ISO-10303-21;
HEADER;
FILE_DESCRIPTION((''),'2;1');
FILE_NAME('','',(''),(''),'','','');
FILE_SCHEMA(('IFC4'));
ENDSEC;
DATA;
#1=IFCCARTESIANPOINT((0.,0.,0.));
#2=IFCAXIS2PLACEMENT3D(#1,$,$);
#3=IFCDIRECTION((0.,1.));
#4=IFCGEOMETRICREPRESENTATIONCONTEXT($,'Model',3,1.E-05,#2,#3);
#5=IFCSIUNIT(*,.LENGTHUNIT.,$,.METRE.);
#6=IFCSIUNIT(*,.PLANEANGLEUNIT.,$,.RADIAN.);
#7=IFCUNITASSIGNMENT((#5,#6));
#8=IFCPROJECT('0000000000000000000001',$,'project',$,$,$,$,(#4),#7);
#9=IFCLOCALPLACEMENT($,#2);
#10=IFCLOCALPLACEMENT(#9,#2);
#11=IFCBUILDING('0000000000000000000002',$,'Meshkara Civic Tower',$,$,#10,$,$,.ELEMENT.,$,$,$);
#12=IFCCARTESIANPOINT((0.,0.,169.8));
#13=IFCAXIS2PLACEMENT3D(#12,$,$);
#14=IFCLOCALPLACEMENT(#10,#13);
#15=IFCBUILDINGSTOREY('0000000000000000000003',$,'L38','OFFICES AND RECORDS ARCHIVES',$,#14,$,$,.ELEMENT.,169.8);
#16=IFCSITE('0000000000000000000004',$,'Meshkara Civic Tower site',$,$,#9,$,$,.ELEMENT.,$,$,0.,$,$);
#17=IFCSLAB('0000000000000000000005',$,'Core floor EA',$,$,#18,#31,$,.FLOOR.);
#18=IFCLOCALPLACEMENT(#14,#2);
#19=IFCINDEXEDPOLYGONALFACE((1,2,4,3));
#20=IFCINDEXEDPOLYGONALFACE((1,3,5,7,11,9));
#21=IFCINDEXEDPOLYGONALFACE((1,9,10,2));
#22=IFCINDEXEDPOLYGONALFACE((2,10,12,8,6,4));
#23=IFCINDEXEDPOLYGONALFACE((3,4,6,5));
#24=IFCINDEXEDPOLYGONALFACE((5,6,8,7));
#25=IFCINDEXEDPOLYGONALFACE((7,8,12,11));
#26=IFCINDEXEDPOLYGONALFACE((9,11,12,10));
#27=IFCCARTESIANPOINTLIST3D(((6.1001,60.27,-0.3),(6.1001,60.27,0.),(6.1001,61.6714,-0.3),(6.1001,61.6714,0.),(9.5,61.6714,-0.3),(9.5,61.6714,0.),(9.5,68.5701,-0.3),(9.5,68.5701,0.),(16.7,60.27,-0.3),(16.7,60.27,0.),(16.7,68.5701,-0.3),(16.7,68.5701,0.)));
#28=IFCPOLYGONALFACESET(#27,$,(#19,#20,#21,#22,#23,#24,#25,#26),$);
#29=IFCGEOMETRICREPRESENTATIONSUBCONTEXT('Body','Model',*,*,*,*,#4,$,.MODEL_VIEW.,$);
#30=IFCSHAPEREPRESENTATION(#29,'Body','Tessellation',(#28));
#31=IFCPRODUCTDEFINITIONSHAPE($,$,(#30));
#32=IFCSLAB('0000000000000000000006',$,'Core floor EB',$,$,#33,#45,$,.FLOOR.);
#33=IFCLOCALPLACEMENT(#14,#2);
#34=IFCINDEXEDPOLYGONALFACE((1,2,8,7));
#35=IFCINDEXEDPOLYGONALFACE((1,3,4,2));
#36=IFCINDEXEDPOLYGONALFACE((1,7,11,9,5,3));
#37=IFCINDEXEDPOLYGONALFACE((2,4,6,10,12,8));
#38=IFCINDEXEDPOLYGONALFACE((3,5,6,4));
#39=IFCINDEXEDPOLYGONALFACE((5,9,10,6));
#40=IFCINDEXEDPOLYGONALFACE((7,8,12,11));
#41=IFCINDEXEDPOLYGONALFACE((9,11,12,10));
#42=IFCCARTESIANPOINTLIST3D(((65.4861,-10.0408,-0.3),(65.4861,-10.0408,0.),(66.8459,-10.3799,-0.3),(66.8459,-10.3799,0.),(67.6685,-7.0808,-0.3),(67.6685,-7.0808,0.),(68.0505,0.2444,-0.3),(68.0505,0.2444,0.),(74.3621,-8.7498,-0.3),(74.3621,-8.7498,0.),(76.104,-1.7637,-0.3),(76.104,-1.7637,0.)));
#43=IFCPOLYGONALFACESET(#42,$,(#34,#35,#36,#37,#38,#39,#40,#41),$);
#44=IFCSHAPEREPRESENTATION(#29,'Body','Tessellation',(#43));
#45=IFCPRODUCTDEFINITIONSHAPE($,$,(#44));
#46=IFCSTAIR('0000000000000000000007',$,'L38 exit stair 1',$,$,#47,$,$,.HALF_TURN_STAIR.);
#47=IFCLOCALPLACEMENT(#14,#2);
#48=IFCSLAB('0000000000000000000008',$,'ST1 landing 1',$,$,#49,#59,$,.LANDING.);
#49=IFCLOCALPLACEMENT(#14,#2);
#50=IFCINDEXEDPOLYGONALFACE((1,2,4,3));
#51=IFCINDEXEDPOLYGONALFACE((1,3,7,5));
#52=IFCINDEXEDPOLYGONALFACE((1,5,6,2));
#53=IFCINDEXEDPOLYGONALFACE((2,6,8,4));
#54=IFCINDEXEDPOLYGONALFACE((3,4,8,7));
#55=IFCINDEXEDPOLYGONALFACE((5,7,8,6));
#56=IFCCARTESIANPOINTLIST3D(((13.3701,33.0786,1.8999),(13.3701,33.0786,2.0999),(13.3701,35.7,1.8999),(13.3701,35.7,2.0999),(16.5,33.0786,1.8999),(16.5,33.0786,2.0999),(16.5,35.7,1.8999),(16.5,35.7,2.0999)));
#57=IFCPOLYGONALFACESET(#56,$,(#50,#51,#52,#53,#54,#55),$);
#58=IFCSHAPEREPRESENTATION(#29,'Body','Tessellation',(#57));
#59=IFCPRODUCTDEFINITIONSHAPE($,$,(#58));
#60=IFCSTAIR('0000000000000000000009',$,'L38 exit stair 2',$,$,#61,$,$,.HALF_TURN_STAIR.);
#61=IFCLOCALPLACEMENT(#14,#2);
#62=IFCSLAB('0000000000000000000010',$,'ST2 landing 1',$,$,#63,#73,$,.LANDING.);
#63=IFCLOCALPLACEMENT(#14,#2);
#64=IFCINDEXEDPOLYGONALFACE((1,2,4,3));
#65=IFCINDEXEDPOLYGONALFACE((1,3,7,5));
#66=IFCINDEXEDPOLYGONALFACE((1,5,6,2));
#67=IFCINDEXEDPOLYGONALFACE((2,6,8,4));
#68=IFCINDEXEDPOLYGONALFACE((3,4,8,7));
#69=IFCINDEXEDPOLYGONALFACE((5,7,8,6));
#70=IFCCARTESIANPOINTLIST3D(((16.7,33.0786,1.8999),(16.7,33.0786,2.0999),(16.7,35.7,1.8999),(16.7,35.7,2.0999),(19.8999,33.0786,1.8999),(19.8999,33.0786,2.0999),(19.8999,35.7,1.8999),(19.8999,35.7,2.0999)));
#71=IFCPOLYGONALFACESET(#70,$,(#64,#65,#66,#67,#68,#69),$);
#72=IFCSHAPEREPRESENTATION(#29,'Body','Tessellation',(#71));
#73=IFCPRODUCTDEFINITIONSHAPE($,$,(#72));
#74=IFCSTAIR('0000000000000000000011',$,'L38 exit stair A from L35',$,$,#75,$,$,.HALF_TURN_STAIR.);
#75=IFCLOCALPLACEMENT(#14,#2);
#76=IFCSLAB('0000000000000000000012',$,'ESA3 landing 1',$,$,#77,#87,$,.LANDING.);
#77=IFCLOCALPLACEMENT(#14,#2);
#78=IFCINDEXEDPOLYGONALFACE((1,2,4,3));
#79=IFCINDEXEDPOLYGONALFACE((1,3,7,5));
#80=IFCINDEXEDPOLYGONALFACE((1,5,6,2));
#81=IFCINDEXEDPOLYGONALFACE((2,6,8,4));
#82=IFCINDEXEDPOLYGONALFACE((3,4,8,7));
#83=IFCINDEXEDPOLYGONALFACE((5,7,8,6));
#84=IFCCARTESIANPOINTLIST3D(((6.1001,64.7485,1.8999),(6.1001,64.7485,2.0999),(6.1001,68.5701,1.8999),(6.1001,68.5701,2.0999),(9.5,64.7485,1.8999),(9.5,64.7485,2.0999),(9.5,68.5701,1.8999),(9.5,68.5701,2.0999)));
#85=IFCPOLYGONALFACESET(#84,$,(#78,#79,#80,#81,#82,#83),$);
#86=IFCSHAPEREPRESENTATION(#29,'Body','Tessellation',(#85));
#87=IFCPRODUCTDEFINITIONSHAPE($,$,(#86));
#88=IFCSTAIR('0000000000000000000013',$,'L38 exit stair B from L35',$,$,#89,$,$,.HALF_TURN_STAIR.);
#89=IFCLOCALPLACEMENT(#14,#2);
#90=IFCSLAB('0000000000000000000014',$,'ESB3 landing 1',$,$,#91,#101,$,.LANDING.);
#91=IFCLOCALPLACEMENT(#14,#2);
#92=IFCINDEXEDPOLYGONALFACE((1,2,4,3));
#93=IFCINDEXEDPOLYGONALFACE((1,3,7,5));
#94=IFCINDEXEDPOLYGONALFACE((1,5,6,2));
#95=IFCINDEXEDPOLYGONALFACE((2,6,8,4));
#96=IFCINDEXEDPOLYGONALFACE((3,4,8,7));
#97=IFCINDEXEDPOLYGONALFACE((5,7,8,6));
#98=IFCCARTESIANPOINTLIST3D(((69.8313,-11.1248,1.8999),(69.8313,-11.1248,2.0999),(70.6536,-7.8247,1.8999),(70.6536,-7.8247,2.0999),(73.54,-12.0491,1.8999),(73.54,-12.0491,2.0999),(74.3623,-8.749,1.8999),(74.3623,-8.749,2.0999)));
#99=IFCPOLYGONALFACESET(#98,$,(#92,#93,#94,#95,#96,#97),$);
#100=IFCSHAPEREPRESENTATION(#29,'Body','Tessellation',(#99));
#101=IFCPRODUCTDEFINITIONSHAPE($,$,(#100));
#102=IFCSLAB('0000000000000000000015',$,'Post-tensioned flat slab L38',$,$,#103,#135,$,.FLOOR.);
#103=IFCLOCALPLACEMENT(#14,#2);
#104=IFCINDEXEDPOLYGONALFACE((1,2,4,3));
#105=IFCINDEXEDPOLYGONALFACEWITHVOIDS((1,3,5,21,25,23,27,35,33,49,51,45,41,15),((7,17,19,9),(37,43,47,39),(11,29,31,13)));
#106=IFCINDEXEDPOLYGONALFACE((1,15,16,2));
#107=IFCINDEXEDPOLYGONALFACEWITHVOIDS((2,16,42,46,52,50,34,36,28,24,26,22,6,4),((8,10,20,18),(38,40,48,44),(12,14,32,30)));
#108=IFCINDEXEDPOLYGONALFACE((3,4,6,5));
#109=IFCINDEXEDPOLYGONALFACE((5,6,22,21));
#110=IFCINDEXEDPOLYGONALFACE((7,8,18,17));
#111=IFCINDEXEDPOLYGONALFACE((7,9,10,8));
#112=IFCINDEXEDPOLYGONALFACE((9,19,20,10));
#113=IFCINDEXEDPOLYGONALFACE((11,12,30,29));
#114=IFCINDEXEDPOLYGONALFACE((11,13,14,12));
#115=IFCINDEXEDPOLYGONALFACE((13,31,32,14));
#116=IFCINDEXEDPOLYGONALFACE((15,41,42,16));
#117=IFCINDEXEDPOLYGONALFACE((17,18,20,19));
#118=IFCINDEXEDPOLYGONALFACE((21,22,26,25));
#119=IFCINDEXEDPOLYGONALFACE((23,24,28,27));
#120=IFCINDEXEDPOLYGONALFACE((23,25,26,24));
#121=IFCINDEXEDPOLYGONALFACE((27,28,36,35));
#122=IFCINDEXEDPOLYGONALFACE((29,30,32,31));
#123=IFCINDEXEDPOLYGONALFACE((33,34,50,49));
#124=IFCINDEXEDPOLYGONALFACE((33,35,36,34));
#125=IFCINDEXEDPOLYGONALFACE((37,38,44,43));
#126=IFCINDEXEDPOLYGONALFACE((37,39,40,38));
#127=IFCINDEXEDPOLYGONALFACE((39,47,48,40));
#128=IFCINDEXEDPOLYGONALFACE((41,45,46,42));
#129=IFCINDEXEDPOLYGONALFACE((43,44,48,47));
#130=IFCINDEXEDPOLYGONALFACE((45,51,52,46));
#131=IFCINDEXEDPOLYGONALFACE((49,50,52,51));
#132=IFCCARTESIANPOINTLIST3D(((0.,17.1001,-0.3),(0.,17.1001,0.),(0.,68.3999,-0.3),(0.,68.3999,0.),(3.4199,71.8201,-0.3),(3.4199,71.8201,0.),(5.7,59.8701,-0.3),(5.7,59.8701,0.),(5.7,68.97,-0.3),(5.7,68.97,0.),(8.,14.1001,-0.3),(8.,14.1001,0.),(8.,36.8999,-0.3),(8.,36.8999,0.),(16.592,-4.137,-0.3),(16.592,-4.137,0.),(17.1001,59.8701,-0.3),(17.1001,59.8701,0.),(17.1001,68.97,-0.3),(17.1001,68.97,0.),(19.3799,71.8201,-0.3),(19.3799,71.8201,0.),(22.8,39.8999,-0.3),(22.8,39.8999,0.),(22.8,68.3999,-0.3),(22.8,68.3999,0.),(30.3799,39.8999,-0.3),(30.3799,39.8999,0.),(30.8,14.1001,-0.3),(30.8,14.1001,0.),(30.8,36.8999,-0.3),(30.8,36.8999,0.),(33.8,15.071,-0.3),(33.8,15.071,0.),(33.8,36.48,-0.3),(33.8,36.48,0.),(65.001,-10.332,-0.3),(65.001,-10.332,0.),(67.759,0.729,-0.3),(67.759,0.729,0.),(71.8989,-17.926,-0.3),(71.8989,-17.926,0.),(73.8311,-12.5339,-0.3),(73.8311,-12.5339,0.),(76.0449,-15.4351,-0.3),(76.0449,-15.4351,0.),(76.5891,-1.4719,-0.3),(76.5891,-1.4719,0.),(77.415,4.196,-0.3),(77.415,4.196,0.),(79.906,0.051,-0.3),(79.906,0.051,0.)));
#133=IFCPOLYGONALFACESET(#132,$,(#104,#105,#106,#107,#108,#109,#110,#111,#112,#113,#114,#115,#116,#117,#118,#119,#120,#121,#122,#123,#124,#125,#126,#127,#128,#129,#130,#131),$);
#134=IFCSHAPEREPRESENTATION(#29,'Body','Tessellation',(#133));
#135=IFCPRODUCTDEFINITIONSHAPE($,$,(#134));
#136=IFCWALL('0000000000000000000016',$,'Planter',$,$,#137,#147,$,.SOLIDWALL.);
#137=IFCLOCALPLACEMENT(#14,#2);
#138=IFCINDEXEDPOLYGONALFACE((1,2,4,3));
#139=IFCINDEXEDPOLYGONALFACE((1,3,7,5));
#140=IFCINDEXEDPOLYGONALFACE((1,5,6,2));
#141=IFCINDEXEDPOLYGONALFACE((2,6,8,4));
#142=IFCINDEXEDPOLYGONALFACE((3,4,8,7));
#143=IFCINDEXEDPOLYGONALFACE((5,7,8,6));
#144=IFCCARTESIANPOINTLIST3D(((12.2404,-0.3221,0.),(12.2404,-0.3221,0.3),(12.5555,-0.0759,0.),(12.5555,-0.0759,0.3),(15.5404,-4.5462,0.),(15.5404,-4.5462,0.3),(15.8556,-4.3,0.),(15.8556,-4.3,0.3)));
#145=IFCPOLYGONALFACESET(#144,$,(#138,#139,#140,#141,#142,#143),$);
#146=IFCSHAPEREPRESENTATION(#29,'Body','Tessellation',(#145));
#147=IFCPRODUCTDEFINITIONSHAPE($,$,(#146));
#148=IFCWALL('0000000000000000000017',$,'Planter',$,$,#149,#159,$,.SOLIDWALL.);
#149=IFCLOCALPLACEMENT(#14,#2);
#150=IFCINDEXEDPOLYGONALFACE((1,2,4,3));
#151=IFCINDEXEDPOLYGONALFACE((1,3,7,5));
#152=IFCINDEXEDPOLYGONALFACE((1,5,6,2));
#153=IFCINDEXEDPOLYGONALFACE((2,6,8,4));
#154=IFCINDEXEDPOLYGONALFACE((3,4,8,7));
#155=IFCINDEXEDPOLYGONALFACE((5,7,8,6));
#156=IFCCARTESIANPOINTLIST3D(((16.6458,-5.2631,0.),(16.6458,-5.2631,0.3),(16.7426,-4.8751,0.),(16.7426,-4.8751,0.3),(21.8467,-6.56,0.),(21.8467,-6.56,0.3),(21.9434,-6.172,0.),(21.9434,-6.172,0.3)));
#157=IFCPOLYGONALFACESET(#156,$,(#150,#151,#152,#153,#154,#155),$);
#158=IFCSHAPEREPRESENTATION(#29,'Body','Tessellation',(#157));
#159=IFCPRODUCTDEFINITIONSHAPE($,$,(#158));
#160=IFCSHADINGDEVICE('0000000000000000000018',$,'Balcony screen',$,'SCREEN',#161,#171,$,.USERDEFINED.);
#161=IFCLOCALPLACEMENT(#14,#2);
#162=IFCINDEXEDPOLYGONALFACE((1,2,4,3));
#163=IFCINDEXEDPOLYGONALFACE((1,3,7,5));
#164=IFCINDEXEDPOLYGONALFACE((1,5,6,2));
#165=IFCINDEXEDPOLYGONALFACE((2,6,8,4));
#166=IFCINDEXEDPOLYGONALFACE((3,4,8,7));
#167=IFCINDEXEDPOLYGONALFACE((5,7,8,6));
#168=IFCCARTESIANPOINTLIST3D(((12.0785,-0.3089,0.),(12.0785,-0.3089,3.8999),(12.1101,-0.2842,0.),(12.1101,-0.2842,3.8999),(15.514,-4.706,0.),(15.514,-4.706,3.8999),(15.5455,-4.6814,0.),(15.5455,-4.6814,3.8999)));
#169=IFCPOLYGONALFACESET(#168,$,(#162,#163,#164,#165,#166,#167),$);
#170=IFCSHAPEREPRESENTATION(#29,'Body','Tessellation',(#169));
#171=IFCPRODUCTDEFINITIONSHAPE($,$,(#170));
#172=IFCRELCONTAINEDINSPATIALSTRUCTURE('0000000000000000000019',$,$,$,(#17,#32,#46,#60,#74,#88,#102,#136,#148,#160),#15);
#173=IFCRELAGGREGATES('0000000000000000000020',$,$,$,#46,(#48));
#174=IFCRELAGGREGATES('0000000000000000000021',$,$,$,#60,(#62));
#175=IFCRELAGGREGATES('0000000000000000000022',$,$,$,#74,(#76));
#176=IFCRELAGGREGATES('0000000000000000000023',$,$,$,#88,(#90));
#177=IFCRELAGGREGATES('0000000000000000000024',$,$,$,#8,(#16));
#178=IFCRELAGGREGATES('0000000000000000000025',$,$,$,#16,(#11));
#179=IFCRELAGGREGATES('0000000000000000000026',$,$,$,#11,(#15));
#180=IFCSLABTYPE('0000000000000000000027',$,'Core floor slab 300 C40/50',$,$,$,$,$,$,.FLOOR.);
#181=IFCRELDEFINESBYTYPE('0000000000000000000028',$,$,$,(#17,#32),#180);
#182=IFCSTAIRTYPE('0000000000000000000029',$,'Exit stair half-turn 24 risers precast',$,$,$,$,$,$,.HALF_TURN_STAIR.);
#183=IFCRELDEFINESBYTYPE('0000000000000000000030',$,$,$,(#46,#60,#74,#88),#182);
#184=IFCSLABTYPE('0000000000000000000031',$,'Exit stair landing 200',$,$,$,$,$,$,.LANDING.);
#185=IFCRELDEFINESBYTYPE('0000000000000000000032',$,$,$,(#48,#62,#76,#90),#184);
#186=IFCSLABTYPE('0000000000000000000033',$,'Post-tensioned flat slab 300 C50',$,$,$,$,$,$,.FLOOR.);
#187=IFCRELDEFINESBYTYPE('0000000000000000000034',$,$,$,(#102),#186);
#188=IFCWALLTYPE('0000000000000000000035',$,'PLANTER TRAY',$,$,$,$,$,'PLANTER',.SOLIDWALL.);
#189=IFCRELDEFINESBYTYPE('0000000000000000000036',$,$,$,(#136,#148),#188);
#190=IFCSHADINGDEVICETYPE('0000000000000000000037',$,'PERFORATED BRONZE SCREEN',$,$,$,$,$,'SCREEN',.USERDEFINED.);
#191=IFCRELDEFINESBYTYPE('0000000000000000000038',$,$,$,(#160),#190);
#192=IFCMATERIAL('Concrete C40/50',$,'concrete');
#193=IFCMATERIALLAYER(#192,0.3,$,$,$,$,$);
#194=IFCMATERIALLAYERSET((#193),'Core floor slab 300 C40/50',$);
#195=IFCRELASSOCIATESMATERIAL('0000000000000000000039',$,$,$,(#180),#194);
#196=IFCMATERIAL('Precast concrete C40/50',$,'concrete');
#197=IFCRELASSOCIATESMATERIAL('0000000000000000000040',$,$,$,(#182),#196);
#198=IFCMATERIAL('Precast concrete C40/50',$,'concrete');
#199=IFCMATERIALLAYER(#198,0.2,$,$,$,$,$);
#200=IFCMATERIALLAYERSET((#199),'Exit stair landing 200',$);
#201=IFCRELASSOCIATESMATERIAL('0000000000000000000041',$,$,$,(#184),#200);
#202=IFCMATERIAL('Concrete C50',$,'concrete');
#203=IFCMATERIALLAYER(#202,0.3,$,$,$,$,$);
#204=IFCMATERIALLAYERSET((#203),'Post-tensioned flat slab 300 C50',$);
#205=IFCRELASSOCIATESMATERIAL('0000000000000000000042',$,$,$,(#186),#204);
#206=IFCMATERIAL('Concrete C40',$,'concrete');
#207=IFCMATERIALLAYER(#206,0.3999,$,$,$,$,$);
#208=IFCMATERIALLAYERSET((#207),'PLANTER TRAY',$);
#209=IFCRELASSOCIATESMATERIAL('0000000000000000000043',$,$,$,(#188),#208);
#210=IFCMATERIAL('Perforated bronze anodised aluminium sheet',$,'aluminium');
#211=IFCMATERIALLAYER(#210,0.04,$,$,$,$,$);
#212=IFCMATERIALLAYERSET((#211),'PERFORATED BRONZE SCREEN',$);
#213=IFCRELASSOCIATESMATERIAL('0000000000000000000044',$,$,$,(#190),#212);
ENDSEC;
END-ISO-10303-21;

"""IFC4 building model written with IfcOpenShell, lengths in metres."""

from ifc_helpers import new_model, si_unit, direction, frame, frame_2d, origin, origin_2d, place, context, subcontext, project, spatial, polyline, rectangle, outline, extrude, material, layer, layer_set, type_object, element, aggregate, save


model = new_model("IFC4")

# Units and contexts
model_context = context("Model", 3, precision=1e-05, world=origin(), true_north=direction((0.0, 1.0)))
body_context = subcontext(model_context, "Body", "Model", "MODEL_VIEW")
ifc_project = project(units=[si_unit("LENGTHUNIT", "METRE"), si_unit("PLANEANGLEUNIT", "RADIAN")], contexts=[model_context])

# Site, building, storey
site_placement = place(None, origin())
site = spatial("IfcSite", under=ifc_project, at=site_placement, Name="Meshkara Civic Tower site", CompositionType="ELEMENT", RefElevation=0.0)
building_placement = place(site_placement, origin())
building = spatial("IfcBuilding", under=site, at=building_placement, Name="Meshkara Civic Tower", CompositionType="ELEMENT")
storey_placement = place(building_placement, frame((0.0, 0.0, 169.8)))
storey = spatial("IfcBuildingStorey", under=building, at=storey_placement, Name="L38", Description="OFFICES AND RECORDS ARCHIVES", CompositionType="ELEMENT", Elevation=169.8)

# Slabs
ifc_material_1 = material(Name="Concrete C40/50", Category="concrete")
ifc_layer_1 = layer(ifc_material_1, 0.3)
ifc_layer_set_1 = layer_set([ifc_layer_1], Name="Core floor slab 300 C40/50")
slab_type_1 = type_object("IfcSlabType", Name="Core floor slab 300 C40/50", PredefinedType="FLOOR", material=ifc_layer_set_1)
slab_1_placement = place(storey_placement, frame((0.0, 0.0, -0.3)))
element("IfcSlab", 1, at=slab_1_placement, inside=storey, type_object=slab_type_1, Name="Core floor EA", PredefinedType="FLOOR", context=body_context, shape_type="SweptSolid", body=[
    extrude(outline(polyline([(16.7, 60.27), (16.7, 68.5701), (9.5, 68.5701), (9.5, 61.6714), (6.1001, 61.6714), (6.1001, 60.27), (16.7, 60.27)])), origin(), (0.0, 0.0, 1.0), 0.3),
])
slab_2_placement = place(storey_placement, frame((0.0, 0.0, -0.3)))
element("IfcSlab", 2, at=slab_2_placement, inside=storey, type_object=slab_type_1, Name="Core floor EB", PredefinedType="FLOOR", context=body_context, shape_type="SweptSolid", body=[
    extrude(outline(polyline([(68.0505, 0.2444), (76.104, -1.7637), (74.3621, -8.7498), (67.6685, -7.0808), (66.8459, -10.3799), (65.4861, -10.0408), (68.0505, 0.2444)])), origin(), (0.0, 0.0, 1.0), 0.3),
])

# Stairs, slabs
ifc_material_2 = material(Name="Precast concrete C40/50", Category="concrete")
stair_type = type_object("IfcStairType", Name="Exit stair half-turn 24 risers precast", PredefinedType="HALF_TURN_STAIR", material=ifc_material_2)
stair_1_placement = place(storey_placement, origin())
stair_1 = element("IfcStair", 3, at=stair_1_placement, inside=storey, type_object=stair_type, Name="L38 exit stair 1", PredefinedType="HALF_TURN_STAIR")
ifc_material_3 = material(Name="Precast concrete C40/50", Category="concrete")
ifc_layer_2 = layer(ifc_material_3, 0.2)
ifc_layer_set_2 = layer_set([ifc_layer_2], Name="Exit stair landing 200")
slab_type_2 = type_object("IfcSlabType", Name="Exit stair landing 200", PredefinedType="LANDING", material=ifc_layer_set_2)
slab_3_placement = place(storey_placement, frame((0.0, 0.0, 1.8999)))
slab_3 = element("IfcSlab", 4, at=slab_3_placement, type_object=slab_type_2, Name="ST1 landing 1", PredefinedType="LANDING", context=body_context, shape_type="SweptSolid", body=[
    extrude(outline(polyline([(16.5, 33.0786), (16.5, 35.7), (13.3701, 35.7), (13.3701, 33.0786), (16.5, 33.0786)])), origin(), (0.0, 0.0, 1.0), 0.2),
])
aggregate(stair_1, [slab_3])
stair_2_placement = place(storey_placement, origin())
stair_2 = element("IfcStair", 5, at=stair_2_placement, inside=storey, type_object=stair_type, Name="L38 exit stair 2", PredefinedType="HALF_TURN_STAIR")
slab_4_placement = place(storey_placement, frame((0.0, 0.0, 1.8999)))
slab_4 = element("IfcSlab", 6, at=slab_4_placement, type_object=slab_type_2, Name="ST2 landing 1", PredefinedType="LANDING", context=body_context, shape_type="SweptSolid", body=[
    extrude(outline(polyline([(19.8999, 33.0786), (19.8999, 35.7), (16.7, 35.7), (16.7, 33.0786), (19.8999, 33.0786)])), origin(), (0.0, 0.0, 1.0), 0.2),
])
aggregate(stair_2, [slab_4])
stair_3_placement = place(storey_placement, origin())
stair_3 = element("IfcStair", 7, at=stair_3_placement, inside=storey, type_object=stair_type, Name="L38 exit stair A from L35", PredefinedType="HALF_TURN_STAIR")
slab_5_placement = place(storey_placement, frame((0.0, 0.0, 1.8999)))
slab_5 = element("IfcSlab", 8, at=slab_5_placement, type_object=slab_type_2, Name="ESA3 landing 1", PredefinedType="LANDING", context=body_context, shape_type="SweptSolid", body=[
    extrude(outline(polyline([(9.5, 64.7485), (9.5, 68.5701), (6.1001, 68.5701), (6.1001, 64.7485), (9.5, 64.7485)])), origin(), (0.0, 0.0, 1.0), 0.2),
])
aggregate(stair_3, [slab_5])
stair_4_placement = place(storey_placement, origin())
stair_4 = element("IfcStair", 9, at=stair_4_placement, inside=storey, type_object=stair_type, Name="L38 exit stair B from L35", PredefinedType="HALF_TURN_STAIR")
slab_6_placement = place(storey_placement, frame((0.0, 0.0, 1.8999)))
slab_6 = element("IfcSlab", 10, at=slab_6_placement, type_object=slab_type_2, Name="ESB3 landing 1", PredefinedType="LANDING", context=body_context, shape_type="SweptSolid", body=[
    extrude(outline(polyline([(69.8313, -11.1248), (73.54, -12.0491), (74.3623, -8.749), (70.6536, -7.8247), (69.8313, -11.1248)])), origin(), (0.0, 0.0, 1.0), 0.2),
])
aggregate(stair_4, [slab_6])

# Slab
ifc_material_4 = material(Name="Concrete C50", Category="concrete")
ifc_layer_3 = layer(ifc_material_4, 0.3)
ifc_layer_set_3 = layer_set([ifc_layer_3], Name="Post-tensioned flat slab 300 C50")
slab_type_3 = type_object("IfcSlabType", Name="Post-tensioned flat slab 300 C50", PredefinedType="FLOOR", material=ifc_layer_set_3)
slab_7_placement = place(storey_placement, frame((0.0, 0.0, -0.3)))
element("IfcSlab", 11, at=slab_7_placement, inside=storey, type_object=slab_type_3, Name="Post-tensioned flat slab L38", PredefinedType="FLOOR", context=body_context, shape_type="SweptSolid", body=[
    extrude(outline(polyline([(76.0449, -15.4351), (71.8989, -17.926), (16.592, -4.137), (0.0, 17.1001), (0.0, 68.3999), (3.4199, 71.8201), (19.3799, 71.8201), (22.8, 68.3999), (22.8, 39.8999), (30.3799, 39.8999), (33.8, 36.48), (33.8, 15.071), (77.415, 4.196), (79.906, 0.051), (76.0449, -15.4351)]), holes=[polyline([(73.8311, -12.5339), (76.5891, -1.4719), (67.759, 0.729), (65.001, -10.332), (73.8311, -12.5339)]), polyline([(8.0, 14.1001), (30.8, 14.1001), (30.8, 36.8999), (8.0, 36.8999), (8.0, 14.1001)]), polyline([(5.7, 68.97), (5.7, 59.8701), (17.1001, 59.8701), (17.1001, 68.97), (5.7, 68.97)])]), origin(), (0.0, 0.0, 1.0), 0.3),
])

# Walls
ifc_material_5 = material(Name="Concrete C40", Category="concrete")
ifc_layer_4 = layer(ifc_material_5, 0.3999)
ifc_layer_set_4 = layer_set([ifc_layer_4], Name="PLANTER TRAY")
wall_type_1 = type_object("IfcWallType", Name="PLANTER TRAY", ElementType="PLANTER", PredefinedType="SOLIDWALL", material=ifc_layer_set_4)
wall_1_placement = place(storey_placement, frame((12.3979, -0.199, 0.0), z_axis=(0.0, 0.0, 1.0), x_axis=(0.615639, -0.788029, 0.0)))
element("IfcWall", 12, at=wall_1_placement, inside=storey, type_object=wall_type_1, Name="Planter", PredefinedType="SOLIDWALL", context=body_context, shape_type="SweptSolid", body=[
    extrude(rectangle(XDim=5.3604, YDim=0.3999, at=frame_2d((2.6802, 0.0))), origin(), (0.0, 0.0, 1.0), 0.3),
])
wall_2_placement = place(storey_placement, frame((16.6941, -5.0691, 0.0), z_axis=(0.0, 0.0, 1.0), x_axis=(0.97029, -0.241946, 0.0)))
element("IfcWall", 13, at=wall_2_placement, inside=storey, type_object=wall_type_1, Name="Planter", PredefinedType="SOLIDWALL", context=body_context, shape_type="SweptSolid", body=[
    extrude(rectangle(XDim=5.3601, YDim=0.3999, at=frame_2d((2.6802, 0.0))), origin(), (0.0, 0.0, 1.0), 0.3),
])

# Shading device
ifc_material_6 = material(Name="Perforated bronze anodised aluminium sheet", Category="aluminium")
ifc_layer_5 = layer(ifc_material_6, 0.04)
ifc_layer_set_5 = layer_set([ifc_layer_5], Name="PERFORATED BRONZE SCREEN")
shading_device_type = type_object("IfcShadingDeviceType", Name="PERFORATED BRONZE SCREEN", ElementType="SCREEN", PredefinedType="USERDEFINED", material=ifc_layer_set_5)
shading_device_placement = place(storey_placement, frame((13.812, -2.4951, 0.0), z_axis=(0.0, 0.0, 1.0), x_axis=(0.615661, -0.788011, 0.0)))
element("IfcShadingDevice", 14, at=shading_device_placement, inside=storey, type_object=shading_device_type, Name="Balcony screen", ObjectType="SCREEN", PredefinedType="USERDEFINED", context=body_context, shape_type="SweptSolid", body=[
    extrude(rectangle(XDim=5.5801, YDim=0.04, at=origin_2d()), origin(), (0.0, 0.0, 1.0), 3.8999),
])

save(model, "model.ifc")
